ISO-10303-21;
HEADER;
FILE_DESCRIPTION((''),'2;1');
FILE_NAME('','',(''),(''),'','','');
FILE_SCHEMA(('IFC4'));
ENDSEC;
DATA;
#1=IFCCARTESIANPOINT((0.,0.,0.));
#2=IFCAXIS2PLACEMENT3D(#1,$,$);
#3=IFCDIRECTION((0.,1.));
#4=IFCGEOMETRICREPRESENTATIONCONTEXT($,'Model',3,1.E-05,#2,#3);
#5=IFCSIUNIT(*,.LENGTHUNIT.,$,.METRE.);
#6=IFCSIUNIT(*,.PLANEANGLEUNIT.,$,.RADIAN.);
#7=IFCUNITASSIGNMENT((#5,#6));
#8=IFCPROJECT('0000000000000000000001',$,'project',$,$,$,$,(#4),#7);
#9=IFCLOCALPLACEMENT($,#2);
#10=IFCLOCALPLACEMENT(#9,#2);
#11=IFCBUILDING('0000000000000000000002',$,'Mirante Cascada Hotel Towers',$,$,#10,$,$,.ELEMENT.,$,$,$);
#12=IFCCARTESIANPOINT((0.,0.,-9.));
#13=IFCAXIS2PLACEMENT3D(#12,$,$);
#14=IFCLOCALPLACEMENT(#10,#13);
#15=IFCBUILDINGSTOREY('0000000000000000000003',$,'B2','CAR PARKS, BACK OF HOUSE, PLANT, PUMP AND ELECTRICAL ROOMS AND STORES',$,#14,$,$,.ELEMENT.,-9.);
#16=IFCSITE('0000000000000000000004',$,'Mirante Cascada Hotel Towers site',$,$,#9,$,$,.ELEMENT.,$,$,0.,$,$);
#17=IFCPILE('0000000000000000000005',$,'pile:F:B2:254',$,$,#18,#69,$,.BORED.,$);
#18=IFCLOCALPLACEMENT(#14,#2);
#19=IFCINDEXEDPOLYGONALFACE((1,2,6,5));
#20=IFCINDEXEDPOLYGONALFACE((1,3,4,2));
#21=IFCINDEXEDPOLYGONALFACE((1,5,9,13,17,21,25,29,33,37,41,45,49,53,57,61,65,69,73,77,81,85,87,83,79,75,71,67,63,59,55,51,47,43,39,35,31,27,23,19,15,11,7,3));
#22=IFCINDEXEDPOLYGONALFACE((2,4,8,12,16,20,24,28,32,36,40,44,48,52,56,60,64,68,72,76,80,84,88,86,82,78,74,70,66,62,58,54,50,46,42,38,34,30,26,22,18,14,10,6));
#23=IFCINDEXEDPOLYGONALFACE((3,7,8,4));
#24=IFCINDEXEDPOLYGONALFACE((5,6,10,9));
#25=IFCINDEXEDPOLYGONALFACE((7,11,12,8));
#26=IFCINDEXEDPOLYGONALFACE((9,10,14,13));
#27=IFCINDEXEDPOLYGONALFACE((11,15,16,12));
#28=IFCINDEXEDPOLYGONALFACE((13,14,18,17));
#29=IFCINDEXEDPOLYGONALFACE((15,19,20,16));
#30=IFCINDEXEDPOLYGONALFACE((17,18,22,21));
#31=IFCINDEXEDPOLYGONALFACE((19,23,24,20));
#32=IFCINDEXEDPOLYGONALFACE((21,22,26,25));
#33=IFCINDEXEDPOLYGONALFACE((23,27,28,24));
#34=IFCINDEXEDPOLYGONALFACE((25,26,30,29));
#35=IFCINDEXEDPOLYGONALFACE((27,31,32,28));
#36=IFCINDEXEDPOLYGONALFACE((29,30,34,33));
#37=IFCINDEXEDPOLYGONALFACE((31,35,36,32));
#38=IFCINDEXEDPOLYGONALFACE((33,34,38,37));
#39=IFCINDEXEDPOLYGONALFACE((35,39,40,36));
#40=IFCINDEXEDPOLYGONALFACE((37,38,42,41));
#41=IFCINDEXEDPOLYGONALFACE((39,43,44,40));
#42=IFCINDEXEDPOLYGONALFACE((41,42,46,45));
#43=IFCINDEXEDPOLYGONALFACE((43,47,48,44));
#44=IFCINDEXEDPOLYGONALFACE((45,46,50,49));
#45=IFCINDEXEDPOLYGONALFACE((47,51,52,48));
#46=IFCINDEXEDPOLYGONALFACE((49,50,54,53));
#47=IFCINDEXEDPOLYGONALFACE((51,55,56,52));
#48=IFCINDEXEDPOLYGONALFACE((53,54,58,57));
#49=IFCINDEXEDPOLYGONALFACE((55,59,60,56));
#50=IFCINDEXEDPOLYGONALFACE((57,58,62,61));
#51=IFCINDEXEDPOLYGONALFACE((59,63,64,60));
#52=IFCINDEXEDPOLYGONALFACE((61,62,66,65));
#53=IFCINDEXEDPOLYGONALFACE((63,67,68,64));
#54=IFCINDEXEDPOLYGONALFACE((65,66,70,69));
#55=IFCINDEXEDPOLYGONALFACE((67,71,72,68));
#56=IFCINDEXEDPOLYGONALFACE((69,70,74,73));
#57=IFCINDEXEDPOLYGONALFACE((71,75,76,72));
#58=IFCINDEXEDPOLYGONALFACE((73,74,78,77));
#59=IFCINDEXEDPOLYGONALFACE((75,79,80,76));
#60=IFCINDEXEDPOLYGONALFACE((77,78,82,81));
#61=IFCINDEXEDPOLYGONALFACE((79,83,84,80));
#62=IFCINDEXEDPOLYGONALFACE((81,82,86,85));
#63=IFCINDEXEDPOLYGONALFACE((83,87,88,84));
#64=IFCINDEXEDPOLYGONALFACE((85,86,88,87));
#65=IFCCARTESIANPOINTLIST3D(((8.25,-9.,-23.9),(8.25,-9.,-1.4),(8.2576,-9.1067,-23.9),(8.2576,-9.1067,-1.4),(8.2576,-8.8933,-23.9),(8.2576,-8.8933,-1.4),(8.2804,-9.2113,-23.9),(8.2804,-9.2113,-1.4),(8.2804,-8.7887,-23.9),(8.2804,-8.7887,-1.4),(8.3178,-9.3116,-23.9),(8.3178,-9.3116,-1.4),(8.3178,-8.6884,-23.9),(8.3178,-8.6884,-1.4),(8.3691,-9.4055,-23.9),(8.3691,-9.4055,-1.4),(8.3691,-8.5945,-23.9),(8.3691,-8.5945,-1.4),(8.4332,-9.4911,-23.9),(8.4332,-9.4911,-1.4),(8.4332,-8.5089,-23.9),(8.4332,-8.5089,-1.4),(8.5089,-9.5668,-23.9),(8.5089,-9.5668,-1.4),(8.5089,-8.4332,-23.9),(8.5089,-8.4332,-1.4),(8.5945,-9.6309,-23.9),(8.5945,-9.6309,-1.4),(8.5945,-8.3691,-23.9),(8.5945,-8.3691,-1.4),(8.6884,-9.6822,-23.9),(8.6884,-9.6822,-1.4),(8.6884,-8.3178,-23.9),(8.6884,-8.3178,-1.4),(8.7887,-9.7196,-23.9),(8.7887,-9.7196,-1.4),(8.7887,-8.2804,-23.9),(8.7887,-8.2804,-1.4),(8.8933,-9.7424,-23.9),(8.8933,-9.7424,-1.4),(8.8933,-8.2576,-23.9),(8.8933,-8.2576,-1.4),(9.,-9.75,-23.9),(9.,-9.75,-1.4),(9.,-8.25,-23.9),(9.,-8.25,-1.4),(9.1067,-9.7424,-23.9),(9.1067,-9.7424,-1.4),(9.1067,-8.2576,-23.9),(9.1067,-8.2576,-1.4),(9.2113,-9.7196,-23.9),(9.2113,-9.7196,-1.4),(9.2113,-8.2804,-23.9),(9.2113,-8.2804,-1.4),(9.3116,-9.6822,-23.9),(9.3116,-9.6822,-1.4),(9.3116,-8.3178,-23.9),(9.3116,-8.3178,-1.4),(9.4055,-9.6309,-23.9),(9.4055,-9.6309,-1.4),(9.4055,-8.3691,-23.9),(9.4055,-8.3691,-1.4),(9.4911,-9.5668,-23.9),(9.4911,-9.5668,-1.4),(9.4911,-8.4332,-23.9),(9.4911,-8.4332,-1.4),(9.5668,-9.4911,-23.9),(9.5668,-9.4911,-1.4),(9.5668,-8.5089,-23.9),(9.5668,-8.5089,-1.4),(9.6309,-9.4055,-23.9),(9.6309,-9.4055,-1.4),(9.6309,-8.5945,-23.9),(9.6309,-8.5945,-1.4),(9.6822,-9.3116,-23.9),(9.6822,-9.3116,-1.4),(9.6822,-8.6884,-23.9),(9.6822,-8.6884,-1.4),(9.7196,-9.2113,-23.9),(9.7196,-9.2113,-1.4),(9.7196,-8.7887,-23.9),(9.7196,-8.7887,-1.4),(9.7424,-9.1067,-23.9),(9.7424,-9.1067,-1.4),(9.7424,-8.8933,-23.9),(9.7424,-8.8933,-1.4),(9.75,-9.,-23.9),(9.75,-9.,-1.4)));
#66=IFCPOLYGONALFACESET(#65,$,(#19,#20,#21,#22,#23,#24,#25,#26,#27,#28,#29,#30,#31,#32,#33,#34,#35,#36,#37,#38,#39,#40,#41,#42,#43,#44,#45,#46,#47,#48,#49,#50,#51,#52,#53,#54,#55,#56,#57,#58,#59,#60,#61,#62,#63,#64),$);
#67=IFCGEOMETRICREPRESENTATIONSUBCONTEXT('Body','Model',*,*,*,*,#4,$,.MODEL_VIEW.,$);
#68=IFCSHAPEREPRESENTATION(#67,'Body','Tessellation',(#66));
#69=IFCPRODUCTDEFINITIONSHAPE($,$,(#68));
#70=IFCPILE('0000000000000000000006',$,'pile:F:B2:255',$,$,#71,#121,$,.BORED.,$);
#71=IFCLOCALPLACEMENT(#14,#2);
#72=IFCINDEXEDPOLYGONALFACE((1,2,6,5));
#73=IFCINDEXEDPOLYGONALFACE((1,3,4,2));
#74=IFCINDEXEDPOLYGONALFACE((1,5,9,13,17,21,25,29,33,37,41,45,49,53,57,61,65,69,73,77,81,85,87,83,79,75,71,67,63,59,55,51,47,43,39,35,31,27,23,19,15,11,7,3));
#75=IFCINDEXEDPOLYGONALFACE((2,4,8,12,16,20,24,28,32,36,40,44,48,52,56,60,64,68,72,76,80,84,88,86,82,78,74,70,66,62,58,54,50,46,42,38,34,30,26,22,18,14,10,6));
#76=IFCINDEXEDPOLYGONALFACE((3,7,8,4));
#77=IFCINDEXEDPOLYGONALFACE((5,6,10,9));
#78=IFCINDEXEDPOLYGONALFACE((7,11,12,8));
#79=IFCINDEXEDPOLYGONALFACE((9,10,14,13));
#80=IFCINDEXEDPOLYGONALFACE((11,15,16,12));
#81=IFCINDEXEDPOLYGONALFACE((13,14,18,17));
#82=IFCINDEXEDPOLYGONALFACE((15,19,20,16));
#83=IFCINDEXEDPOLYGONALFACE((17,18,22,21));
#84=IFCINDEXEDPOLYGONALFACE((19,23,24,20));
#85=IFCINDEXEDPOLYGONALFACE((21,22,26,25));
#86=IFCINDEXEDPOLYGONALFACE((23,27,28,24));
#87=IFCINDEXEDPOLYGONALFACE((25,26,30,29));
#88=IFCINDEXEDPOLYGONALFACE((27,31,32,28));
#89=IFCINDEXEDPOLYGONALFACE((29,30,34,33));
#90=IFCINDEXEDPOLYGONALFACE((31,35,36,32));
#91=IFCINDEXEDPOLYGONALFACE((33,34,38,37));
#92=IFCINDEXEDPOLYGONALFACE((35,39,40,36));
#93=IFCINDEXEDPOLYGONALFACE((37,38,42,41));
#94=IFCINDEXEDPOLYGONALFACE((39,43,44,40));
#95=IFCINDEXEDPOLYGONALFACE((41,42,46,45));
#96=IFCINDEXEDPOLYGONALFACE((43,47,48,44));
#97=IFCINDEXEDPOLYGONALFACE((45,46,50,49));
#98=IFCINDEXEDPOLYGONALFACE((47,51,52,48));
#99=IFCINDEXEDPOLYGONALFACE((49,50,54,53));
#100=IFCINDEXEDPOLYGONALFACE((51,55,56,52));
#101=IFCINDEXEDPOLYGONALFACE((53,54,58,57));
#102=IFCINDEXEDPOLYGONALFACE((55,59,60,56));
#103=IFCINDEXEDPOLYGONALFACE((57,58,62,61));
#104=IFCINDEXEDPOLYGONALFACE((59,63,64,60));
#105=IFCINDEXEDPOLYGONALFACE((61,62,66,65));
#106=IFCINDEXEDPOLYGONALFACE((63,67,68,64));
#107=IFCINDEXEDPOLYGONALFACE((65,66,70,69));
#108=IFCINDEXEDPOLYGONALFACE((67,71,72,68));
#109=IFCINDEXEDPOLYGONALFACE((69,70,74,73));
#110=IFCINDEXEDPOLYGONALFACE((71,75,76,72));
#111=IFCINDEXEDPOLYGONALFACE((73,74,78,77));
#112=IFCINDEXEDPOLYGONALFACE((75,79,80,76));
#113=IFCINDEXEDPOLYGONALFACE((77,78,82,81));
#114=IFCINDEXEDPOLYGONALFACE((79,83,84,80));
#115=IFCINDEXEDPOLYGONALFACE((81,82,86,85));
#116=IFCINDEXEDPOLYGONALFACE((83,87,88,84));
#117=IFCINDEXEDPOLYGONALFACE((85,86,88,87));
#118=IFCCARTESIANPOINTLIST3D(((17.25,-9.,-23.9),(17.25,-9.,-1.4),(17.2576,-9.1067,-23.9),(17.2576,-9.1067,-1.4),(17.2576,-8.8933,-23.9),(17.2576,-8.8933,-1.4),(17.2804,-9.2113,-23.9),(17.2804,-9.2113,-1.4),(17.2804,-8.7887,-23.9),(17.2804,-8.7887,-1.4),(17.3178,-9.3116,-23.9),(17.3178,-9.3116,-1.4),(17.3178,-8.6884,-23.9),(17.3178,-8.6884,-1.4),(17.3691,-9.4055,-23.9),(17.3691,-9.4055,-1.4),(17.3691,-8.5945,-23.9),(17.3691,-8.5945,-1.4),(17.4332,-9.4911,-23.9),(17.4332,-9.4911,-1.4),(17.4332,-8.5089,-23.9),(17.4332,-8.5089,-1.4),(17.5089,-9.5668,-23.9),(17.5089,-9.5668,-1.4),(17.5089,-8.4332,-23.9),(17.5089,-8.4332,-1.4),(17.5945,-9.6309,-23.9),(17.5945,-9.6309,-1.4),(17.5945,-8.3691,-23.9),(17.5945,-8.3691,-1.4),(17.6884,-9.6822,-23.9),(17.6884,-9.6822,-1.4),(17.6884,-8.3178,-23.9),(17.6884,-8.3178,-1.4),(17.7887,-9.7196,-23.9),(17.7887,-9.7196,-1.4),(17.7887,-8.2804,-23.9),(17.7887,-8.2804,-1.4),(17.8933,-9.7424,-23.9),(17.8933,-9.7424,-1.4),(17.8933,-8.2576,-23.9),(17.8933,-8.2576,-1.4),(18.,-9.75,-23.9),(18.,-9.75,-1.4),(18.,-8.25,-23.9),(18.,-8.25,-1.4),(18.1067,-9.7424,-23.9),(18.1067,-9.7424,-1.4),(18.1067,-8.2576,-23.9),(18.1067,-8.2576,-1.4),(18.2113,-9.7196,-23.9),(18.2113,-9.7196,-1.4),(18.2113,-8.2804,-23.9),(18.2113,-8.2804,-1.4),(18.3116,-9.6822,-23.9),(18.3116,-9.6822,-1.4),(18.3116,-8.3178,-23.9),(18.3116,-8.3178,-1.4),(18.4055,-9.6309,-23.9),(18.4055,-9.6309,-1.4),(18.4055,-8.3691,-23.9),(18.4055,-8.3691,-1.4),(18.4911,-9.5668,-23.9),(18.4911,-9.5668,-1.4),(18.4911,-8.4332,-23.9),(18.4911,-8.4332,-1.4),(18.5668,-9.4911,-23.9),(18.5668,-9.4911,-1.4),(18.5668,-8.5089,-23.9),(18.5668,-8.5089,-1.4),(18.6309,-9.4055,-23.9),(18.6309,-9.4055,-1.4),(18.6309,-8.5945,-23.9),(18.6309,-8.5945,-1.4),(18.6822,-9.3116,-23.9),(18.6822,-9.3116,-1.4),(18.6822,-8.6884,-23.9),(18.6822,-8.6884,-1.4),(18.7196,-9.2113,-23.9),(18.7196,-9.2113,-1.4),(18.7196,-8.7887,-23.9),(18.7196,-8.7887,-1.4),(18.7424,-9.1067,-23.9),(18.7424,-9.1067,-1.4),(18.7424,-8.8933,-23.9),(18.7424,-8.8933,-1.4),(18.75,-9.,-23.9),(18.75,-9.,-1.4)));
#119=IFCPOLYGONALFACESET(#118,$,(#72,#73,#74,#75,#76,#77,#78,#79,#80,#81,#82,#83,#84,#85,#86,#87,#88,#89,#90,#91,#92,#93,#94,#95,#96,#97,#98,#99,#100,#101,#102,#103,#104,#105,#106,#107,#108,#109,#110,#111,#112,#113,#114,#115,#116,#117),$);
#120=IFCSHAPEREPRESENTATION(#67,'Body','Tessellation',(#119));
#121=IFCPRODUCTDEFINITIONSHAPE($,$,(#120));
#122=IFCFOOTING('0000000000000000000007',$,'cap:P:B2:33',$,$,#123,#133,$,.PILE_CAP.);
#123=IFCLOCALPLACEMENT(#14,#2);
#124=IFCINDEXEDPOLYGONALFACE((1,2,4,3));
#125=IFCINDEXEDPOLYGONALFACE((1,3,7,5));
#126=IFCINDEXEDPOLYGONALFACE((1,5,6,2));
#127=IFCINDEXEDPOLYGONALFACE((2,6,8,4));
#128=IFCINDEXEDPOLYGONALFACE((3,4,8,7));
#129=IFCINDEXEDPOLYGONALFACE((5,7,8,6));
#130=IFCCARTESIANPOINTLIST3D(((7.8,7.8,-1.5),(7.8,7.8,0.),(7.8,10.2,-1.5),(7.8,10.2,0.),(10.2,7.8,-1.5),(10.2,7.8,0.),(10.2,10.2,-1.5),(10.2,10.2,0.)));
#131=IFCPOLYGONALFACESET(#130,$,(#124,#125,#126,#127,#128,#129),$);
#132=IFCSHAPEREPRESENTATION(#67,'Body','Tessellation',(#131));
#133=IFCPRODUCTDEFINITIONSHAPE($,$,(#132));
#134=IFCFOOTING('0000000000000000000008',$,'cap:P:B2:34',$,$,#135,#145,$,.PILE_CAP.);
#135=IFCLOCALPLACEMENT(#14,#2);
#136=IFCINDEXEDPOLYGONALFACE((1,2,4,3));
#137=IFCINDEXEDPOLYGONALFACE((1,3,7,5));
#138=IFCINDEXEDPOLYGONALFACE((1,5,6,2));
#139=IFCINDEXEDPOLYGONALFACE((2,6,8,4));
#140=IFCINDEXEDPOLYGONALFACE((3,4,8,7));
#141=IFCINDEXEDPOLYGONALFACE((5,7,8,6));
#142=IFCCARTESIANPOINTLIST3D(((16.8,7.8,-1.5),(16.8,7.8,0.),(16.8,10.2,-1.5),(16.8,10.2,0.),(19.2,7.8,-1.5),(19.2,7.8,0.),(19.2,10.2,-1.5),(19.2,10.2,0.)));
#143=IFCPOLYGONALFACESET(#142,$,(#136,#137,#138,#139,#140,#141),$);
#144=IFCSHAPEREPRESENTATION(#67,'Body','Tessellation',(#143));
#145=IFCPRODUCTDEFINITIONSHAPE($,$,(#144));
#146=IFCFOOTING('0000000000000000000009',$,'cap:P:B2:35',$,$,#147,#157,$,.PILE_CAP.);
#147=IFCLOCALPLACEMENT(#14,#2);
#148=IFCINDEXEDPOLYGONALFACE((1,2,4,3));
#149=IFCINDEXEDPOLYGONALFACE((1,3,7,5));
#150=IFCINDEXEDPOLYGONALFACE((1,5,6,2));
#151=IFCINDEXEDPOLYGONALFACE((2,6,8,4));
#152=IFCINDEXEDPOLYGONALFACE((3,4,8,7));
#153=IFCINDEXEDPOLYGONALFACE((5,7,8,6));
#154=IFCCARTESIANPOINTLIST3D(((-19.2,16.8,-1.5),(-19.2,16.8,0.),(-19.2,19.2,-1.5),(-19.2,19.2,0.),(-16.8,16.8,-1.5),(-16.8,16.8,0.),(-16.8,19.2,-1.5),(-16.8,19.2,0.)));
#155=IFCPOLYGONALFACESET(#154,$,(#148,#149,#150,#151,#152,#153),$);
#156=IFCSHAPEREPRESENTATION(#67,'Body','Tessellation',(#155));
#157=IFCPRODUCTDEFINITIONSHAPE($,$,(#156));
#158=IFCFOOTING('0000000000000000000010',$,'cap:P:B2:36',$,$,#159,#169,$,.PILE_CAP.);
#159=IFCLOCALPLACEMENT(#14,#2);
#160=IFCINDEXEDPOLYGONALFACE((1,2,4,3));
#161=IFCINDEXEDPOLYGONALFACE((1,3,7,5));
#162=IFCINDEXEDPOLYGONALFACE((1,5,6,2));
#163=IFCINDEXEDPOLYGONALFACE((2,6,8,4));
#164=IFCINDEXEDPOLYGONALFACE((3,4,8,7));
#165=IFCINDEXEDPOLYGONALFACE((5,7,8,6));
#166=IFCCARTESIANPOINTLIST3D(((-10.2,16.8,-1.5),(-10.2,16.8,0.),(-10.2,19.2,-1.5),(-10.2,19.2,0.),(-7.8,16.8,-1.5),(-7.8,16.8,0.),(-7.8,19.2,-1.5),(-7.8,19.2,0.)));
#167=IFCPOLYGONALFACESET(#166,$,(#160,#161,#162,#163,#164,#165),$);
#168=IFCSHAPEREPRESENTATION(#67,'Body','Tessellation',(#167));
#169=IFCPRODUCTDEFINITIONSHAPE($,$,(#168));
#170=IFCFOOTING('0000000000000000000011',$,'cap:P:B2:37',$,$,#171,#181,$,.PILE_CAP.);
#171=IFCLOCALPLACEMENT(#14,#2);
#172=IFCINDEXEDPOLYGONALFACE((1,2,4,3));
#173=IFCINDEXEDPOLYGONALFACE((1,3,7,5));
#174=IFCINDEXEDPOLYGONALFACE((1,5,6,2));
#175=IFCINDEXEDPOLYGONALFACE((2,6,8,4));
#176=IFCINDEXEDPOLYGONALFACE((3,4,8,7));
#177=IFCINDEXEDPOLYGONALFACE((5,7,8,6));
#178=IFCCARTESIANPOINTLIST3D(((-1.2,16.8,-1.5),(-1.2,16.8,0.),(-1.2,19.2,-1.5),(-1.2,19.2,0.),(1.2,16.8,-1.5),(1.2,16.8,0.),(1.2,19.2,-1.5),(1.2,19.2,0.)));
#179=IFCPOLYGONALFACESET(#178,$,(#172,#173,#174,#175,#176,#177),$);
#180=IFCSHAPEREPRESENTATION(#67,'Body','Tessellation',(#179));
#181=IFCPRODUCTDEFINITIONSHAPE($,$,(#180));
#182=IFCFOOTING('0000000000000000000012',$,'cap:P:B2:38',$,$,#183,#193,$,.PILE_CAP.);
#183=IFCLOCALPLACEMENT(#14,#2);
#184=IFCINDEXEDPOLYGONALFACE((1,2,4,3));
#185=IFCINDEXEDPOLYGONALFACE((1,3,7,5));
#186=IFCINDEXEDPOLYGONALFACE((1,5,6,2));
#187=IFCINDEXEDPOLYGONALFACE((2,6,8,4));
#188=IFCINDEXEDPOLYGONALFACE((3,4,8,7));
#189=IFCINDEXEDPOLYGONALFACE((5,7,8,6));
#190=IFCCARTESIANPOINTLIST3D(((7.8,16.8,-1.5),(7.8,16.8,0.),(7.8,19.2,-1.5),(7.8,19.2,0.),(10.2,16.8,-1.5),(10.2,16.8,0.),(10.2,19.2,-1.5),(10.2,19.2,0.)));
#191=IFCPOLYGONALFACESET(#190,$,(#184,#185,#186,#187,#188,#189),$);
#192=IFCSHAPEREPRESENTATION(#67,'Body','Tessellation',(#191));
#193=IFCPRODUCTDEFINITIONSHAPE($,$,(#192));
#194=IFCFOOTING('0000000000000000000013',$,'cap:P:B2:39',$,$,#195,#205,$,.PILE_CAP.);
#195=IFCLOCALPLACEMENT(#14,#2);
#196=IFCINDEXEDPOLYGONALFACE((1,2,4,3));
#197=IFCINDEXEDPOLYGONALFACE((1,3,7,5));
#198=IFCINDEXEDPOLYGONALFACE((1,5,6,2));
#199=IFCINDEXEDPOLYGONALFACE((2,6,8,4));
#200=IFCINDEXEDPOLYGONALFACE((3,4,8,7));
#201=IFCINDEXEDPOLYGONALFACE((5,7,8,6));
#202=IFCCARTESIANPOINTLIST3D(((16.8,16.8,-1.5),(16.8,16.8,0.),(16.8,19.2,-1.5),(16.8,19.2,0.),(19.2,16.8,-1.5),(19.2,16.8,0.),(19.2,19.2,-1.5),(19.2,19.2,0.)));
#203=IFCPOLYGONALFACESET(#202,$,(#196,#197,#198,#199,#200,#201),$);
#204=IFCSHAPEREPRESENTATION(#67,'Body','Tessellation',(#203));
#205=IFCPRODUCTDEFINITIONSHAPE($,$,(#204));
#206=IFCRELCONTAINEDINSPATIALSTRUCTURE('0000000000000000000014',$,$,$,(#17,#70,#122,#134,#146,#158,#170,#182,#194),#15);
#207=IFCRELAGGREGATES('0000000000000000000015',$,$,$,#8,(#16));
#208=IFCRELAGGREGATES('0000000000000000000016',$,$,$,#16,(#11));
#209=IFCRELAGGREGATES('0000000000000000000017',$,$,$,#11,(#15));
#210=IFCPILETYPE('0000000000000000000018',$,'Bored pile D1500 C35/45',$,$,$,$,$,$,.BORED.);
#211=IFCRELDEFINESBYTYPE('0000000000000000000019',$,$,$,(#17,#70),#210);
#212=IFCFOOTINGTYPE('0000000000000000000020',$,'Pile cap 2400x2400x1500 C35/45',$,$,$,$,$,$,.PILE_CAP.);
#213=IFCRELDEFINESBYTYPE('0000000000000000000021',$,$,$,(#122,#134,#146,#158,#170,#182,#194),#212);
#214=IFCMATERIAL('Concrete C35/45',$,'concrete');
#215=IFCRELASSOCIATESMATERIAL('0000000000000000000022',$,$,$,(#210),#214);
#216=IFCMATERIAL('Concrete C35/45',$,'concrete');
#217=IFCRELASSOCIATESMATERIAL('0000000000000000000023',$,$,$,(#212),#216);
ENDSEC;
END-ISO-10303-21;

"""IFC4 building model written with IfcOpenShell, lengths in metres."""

from ifc_helpers import new_model, si_unit, direction, frame, origin, origin_2d, place, context, subcontext, project, spatial, polyline, circle, outline, extrude, material, material_profile, profile_set, type_object, element, save


model = new_model("IFC4")

# Units and contexts
model_context = context("Model", 3, precision=1e-05, world=origin(), true_north=direction((0.0, 1.0)))
body_context = subcontext(model_context, "Body", "Model", "MODEL_VIEW")
ifc_project = project(units=[si_unit("LENGTHUNIT", "METRE"), si_unit("PLANEANGLEUNIT", "RADIAN")], contexts=[model_context])

# Site, building, storey
site_placement = place(None, origin())
site = spatial("IfcSite", under=ifc_project, at=site_placement, Name="Mirante Cascada Hotel Towers site", CompositionType="ELEMENT", RefElevation=0.0)
building_placement = place(site_placement, origin())
building = spatial("IfcBuilding", under=site, at=building_placement, Name="Mirante Cascada Hotel Towers", CompositionType="ELEMENT")
storey_placement = place(building_placement, frame((0.0, 0.0, -9.0)))
storey = spatial("IfcBuildingStorey", under=building, at=storey_placement, Name="B2", Description="CAR PARKS, BACK OF HOUSE, PLANT, PUMP AND ELECTRICAL ROOMS AND STORES", CompositionType="ELEMENT", Elevation=-9.0)

# Piles
ifc_material_1 = material(Name="Concrete C35/45", Category="concrete")
ifc_material_profile_1 = material_profile(ifc_material_1, circle(Radius=0.75, at=origin_2d()), Name="RC D1500")
ifc_profile_set_1 = profile_set([ifc_material_profile_1], Name="Concrete C35/45")
pile_type = type_object("IfcPileType", Name="Bored pile D1500 C35/45", PredefinedType="BORED", material=ifc_profile_set_1)
for number, where, z_axis, x_axis, name in (
    (1, (9.0, -9.0, -1.4), (0.0, 0.0, -1.0), (1.0, 0.0, 0.0), "pile:F:B2:254"),
    (2, (18.0, -9.0, -1.4), (0.0, 0.0, -1.0), (1.0, 0.0, 0.0), "pile:F:B2:255"),
):
    element("IfcPile", number, at=place(storey_placement, frame(where, z_axis=z_axis, x_axis=x_axis)), inside=storey, type_object=pile_type, Name=name, PredefinedType="BORED", context=body_context, shape_type="SweptSolid", body=[
        extrude(circle(Radius=0.75, at=origin_2d()), origin(), (0.0, 0.0, 1.0), 22.5),
    ])

# Footings
ifc_material_2 = material(Name="Concrete C35/45", Category="concrete")
footing_type = type_object("IfcFootingType", Name="Pile cap 2400x2400x1500 C35/45", PredefinedType="PILE_CAP", material=ifc_material_2)
footing_1_placement = place(storey_placement, frame((0.0, 0.0, -1.5)))
element("IfcFooting", 3, at=footing_1_placement, inside=storey, type_object=footing_type, Name="cap:P:B2:33", PredefinedType="PILE_CAP", context=body_context, shape_type="SweptSolid", body=[
    extrude(outline(polyline([(10.2, 7.8), (10.2, 10.2), (7.8, 10.2), (7.8, 7.8), (10.2, 7.8)])), origin(), (0.0, 0.0, 1.0), 1.5),
])
footing_2_placement = place(storey_placement, frame((0.0, 0.0, -1.5)))
element("IfcFooting", 4, at=footing_2_placement, inside=storey, type_object=footing_type, Name="cap:P:B2:34", PredefinedType="PILE_CAP", context=body_context, shape_type="SweptSolid", body=[
    extrude(outline(polyline([(19.2, 7.8), (19.2, 10.2), (16.8, 10.2), (16.8, 7.8), (19.2, 7.8)])), origin(), (0.0, 0.0, 1.0), 1.5),
])
footing_3_placement = place(storey_placement, frame((0.0, 0.0, -1.5)))
element("IfcFooting", 5, at=footing_3_placement, inside=storey, type_object=footing_type, Name="cap:P:B2:35", PredefinedType="PILE_CAP", context=body_context, shape_type="SweptSolid", body=[
    extrude(outline(polyline([(-16.8, 16.8), (-16.8, 19.2), (-19.2, 19.2), (-19.2, 16.8), (-16.8, 16.8)])), origin(), (0.0, 0.0, 1.0), 1.5),
])
footing_4_placement = place(storey_placement, frame((0.0, 0.0, -1.5)))
element("IfcFooting", 6, at=footing_4_placement, inside=storey, type_object=footing_type, Name="cap:P:B2:36", PredefinedType="PILE_CAP", context=body_context, shape_type="SweptSolid", body=[
    extrude(outline(polyline([(-7.8, 16.8), (-7.8, 19.2), (-10.2, 19.2), (-10.2, 16.8), (-7.8, 16.8)])), origin(), (0.0, 0.0, 1.0), 1.5),
])
footing_5_placement = place(storey_placement, frame((0.0, 0.0, -1.5)))
element("IfcFooting", 7, at=footing_5_placement, inside=storey, type_object=footing_type, Name="cap:P:B2:37", PredefinedType="PILE_CAP", context=body_context, shape_type="SweptSolid", body=[
    extrude(outline(polyline([(1.2, 16.8), (1.2, 19.2), (-1.2, 19.2), (-1.2, 16.8), (1.2, 16.8)])), origin(), (0.0, 0.0, 1.0), 1.5),
])
footing_6_placement = place(storey_placement, frame((0.0, 0.0, -1.5)))
element("IfcFooting", 8, at=footing_6_placement, inside=storey, type_object=footing_type, Name="cap:P:B2:38", PredefinedType="PILE_CAP", context=body_context, shape_type="SweptSolid", body=[
    extrude(outline(polyline([(10.2, 16.8), (10.2, 19.2), (7.8, 19.2), (7.8, 16.8), (10.2, 16.8)])), origin(), (0.0, 0.0, 1.0), 1.5),
])
footing_7_placement = place(storey_placement, frame((0.0, 0.0, -1.5)))
element("IfcFooting", 9, at=footing_7_placement, inside=storey, type_object=footing_type, Name="cap:P:B2:39", PredefinedType="PILE_CAP", context=body_context, shape_type="SweptSolid", body=[
    extrude(outline(polyline([(19.2, 16.8), (19.2, 19.2), (16.8, 19.2), (16.8, 16.8), (19.2, 16.8)])), origin(), (0.0, 0.0, 1.0), 1.5),
])

save(model, "model.ifc")
